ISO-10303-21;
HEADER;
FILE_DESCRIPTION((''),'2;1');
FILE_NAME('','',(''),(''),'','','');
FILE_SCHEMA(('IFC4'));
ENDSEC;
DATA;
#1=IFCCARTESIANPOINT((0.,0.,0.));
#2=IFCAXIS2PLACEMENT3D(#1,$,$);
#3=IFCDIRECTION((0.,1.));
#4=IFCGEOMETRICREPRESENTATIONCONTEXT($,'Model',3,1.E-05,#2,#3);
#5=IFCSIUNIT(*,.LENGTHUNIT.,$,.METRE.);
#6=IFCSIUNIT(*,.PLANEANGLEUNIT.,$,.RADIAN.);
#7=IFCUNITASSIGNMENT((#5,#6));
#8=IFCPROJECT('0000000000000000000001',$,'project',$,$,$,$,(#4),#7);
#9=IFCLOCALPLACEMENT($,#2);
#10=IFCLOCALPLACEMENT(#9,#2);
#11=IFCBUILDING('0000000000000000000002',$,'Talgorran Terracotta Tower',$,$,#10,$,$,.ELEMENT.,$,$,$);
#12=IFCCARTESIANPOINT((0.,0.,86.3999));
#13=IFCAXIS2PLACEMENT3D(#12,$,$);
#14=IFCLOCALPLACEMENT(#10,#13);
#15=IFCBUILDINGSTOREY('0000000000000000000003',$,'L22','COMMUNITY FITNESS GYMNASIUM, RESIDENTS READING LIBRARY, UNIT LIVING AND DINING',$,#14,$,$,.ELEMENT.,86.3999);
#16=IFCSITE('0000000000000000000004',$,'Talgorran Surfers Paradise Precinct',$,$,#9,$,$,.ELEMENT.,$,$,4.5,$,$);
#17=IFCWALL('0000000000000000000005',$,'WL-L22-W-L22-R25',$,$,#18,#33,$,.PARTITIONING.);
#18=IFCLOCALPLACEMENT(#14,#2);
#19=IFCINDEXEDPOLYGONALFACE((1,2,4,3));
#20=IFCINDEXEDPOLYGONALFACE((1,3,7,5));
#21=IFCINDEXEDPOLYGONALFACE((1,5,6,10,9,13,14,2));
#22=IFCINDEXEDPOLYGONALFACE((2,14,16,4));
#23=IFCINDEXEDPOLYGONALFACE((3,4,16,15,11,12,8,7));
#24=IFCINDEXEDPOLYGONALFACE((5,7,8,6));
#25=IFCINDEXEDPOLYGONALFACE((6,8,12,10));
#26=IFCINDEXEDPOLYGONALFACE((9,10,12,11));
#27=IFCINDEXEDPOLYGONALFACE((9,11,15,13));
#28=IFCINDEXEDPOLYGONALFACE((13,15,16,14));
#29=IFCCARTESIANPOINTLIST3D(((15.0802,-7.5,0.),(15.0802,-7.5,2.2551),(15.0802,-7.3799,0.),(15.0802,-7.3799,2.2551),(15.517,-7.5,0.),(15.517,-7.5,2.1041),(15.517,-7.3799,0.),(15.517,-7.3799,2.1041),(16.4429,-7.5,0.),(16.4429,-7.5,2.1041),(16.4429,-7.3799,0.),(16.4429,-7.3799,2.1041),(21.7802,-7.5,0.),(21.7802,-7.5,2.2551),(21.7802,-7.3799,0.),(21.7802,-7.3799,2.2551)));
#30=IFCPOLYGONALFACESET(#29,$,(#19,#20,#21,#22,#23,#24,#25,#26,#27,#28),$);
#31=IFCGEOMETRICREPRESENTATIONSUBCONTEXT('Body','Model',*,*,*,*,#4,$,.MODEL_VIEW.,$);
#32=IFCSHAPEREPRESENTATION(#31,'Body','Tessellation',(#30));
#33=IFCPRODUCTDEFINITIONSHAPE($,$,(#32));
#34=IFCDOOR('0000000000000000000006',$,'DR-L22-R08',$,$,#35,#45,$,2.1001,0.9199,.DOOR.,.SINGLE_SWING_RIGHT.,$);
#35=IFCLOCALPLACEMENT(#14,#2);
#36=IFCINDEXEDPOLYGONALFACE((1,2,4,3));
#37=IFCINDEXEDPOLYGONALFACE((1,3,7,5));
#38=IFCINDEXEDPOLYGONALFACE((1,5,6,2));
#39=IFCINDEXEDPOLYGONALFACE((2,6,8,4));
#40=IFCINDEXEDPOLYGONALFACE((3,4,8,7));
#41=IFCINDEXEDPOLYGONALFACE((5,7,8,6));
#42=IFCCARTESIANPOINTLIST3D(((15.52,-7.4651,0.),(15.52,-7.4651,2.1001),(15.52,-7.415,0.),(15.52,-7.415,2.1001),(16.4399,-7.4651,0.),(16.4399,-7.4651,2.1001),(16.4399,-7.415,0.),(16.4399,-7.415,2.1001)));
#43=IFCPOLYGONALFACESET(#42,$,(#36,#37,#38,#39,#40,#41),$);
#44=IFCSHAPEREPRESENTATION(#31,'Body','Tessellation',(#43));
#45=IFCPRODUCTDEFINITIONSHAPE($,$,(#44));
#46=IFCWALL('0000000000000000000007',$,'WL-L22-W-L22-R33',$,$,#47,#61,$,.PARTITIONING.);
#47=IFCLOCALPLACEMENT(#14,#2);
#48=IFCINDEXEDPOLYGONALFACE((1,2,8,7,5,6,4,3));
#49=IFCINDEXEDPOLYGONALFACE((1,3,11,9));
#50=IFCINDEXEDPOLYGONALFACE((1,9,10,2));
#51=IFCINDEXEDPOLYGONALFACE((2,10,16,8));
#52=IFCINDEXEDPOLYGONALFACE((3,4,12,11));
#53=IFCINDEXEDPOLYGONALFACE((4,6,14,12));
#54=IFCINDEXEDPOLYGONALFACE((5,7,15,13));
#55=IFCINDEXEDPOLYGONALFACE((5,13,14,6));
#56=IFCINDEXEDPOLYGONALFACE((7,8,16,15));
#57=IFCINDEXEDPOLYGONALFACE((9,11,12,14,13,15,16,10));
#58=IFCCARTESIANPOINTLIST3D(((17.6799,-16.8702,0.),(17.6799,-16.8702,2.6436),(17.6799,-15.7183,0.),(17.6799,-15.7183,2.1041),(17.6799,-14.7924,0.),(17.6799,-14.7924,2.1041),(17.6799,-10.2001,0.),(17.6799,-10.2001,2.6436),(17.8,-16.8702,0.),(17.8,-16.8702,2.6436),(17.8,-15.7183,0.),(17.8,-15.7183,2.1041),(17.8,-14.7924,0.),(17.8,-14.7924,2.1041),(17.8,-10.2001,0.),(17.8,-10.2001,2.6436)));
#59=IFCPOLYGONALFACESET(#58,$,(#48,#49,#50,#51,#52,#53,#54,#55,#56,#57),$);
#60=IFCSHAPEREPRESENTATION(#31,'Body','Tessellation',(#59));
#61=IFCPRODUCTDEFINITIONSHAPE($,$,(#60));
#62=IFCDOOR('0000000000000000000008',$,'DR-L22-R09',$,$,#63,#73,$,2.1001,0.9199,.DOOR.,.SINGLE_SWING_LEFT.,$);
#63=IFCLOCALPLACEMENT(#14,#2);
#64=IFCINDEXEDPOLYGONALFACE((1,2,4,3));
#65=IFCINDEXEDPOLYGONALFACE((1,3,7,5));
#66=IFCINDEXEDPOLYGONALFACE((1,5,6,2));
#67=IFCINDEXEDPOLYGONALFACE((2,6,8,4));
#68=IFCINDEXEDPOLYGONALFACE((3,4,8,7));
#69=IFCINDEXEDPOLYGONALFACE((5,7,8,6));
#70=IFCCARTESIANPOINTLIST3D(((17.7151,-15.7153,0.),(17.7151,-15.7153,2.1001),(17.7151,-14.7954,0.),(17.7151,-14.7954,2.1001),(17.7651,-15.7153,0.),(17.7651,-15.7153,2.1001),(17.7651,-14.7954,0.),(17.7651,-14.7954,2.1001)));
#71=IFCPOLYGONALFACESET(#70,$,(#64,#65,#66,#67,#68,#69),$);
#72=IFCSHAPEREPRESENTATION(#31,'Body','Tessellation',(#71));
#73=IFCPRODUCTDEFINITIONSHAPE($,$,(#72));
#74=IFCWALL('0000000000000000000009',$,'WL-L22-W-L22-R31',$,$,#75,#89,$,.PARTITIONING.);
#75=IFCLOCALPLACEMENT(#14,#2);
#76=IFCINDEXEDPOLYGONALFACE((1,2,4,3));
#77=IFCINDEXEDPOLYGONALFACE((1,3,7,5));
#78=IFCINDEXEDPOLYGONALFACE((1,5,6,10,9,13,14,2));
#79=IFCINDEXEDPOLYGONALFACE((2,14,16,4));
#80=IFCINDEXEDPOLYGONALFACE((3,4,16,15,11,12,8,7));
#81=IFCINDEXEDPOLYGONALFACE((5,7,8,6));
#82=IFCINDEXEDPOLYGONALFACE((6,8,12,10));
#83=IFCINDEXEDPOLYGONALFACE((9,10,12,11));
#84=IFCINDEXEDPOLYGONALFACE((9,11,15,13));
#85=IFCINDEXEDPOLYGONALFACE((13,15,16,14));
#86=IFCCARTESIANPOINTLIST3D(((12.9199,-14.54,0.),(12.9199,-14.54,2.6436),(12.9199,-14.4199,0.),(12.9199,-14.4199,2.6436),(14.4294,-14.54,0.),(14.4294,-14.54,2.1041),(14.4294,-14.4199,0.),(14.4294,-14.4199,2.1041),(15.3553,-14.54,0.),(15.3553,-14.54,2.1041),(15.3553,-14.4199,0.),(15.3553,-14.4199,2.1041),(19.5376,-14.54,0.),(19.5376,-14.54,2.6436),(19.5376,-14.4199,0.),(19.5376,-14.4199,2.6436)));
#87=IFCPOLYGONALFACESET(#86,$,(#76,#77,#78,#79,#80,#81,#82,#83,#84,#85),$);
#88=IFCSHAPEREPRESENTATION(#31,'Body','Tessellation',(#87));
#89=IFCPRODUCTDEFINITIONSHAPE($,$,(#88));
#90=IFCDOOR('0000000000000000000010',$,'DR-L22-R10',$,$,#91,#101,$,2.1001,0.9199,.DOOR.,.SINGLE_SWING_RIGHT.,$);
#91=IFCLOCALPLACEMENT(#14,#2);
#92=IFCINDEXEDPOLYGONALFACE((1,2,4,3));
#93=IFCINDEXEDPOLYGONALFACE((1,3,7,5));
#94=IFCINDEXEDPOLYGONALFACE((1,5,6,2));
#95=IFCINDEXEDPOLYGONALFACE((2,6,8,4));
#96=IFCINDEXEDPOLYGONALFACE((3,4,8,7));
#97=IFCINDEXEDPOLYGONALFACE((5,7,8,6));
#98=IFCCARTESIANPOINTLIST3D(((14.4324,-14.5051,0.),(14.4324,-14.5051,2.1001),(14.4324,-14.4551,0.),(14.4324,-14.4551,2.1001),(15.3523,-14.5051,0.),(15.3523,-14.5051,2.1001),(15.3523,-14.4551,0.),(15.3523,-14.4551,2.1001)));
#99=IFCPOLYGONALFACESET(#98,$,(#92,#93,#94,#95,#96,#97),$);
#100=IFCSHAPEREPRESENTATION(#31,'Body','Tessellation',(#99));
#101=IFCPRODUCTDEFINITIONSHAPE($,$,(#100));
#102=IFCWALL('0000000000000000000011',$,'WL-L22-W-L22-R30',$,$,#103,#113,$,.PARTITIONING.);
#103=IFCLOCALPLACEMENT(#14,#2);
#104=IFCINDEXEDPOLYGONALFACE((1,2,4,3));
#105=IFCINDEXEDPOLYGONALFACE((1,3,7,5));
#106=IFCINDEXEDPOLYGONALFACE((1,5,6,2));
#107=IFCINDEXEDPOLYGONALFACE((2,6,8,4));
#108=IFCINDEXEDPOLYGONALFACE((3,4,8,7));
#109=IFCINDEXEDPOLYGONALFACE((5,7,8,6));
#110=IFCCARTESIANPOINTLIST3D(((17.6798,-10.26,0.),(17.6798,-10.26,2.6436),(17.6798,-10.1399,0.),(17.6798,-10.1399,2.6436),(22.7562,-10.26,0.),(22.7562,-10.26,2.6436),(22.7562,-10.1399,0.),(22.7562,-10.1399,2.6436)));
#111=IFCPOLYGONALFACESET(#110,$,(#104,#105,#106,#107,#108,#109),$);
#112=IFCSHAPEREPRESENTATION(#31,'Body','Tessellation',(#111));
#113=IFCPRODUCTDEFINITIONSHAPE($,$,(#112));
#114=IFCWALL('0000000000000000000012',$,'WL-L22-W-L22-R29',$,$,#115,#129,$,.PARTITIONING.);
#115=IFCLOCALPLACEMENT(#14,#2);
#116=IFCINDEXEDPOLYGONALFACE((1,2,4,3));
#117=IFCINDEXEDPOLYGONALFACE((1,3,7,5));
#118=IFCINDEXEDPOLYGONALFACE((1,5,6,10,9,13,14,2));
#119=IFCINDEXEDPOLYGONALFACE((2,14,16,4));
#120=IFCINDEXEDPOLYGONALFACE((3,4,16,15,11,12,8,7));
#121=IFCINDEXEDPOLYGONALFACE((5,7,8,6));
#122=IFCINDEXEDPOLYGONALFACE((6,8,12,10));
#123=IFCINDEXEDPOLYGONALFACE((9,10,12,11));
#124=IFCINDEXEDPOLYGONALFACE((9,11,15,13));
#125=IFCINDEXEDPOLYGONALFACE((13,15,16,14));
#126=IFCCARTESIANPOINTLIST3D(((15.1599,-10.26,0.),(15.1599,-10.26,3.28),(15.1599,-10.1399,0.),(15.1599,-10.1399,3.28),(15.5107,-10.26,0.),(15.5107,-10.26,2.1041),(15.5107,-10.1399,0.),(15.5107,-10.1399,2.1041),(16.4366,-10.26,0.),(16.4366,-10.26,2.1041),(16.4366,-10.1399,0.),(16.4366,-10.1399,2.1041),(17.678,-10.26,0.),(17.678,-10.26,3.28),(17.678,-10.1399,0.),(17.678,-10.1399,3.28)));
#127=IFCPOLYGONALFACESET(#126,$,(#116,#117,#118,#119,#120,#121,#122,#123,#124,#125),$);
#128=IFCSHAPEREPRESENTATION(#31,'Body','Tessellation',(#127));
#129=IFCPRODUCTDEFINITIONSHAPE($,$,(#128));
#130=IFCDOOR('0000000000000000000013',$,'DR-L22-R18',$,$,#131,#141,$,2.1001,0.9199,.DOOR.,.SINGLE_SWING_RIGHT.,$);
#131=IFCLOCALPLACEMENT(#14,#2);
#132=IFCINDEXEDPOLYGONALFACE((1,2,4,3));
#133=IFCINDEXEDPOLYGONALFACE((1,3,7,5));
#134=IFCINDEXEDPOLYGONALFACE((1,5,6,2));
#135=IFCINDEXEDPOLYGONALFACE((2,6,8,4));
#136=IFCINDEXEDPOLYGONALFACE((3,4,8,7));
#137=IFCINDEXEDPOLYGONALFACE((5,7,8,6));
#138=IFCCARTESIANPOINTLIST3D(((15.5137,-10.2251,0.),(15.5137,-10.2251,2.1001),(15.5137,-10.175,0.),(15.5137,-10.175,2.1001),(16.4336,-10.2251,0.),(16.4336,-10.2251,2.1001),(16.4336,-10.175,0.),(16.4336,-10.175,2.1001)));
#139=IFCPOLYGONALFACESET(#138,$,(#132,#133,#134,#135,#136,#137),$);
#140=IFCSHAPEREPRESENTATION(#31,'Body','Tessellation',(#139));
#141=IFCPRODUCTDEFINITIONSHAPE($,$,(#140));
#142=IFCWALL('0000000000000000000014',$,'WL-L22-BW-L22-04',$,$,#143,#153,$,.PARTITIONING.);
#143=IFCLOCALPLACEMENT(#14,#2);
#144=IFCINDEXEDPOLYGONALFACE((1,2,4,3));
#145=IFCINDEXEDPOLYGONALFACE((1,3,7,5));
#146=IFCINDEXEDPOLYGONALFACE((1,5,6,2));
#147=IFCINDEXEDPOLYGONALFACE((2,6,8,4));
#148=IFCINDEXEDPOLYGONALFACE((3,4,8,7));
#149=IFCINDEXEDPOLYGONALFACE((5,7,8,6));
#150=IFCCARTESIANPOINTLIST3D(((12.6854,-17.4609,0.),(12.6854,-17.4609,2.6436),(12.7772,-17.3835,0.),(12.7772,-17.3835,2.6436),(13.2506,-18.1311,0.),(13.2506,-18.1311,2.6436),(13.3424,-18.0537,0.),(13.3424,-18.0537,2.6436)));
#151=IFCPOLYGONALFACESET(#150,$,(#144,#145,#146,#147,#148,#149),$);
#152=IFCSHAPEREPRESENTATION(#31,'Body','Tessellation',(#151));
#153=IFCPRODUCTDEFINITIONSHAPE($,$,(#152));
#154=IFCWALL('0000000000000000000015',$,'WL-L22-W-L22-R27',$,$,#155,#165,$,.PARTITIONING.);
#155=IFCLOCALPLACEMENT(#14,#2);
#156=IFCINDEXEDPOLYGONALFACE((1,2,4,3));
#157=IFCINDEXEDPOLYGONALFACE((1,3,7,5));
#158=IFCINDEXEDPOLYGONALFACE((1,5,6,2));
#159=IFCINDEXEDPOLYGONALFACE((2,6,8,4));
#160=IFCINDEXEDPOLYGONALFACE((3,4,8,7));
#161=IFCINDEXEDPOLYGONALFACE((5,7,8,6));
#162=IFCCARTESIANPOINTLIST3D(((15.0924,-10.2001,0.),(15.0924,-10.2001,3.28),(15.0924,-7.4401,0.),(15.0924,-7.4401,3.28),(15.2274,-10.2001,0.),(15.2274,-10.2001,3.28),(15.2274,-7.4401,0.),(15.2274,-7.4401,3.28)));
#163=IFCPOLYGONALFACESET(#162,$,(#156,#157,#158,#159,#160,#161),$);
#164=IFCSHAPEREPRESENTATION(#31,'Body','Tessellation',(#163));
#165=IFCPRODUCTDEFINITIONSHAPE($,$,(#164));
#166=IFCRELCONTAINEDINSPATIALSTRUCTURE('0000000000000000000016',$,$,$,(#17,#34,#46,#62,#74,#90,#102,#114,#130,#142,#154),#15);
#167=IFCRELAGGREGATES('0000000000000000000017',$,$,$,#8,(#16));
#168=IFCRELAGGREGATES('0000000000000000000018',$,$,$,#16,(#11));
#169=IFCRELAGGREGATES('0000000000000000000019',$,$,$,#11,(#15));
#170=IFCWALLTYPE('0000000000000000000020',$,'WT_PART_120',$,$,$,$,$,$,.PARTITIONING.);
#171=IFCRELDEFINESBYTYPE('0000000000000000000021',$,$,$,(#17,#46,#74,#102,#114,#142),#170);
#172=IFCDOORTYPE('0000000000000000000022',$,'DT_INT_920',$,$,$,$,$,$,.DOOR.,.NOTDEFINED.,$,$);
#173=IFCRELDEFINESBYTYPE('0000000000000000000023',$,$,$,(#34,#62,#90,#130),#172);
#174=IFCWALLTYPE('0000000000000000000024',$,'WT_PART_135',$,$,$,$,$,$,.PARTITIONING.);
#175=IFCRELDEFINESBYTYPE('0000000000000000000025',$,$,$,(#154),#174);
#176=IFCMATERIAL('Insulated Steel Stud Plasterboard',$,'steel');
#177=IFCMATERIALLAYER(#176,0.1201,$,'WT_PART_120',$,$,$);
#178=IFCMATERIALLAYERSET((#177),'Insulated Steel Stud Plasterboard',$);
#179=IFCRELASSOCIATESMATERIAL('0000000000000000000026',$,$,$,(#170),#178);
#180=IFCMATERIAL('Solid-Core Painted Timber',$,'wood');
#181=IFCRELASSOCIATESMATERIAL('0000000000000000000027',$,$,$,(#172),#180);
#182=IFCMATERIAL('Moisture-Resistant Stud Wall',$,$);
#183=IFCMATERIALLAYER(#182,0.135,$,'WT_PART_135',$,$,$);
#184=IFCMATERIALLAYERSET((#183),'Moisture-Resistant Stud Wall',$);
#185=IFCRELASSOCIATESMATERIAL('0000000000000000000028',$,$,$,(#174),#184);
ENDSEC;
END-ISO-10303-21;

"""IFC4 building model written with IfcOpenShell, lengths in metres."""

from ifc_helpers import new_model, si_unit, direction, frame, frame_2d, origin, place, context, subcontext, project, spatial, rectangle, extrude, material, layer, layer_set, type_object, element, fill, save


model = new_model("IFC4")

# Units and contexts
model_context = context("Model", 3, precision=1e-05, world=origin(), true_north=direction((0.0, 1.0)))
body_context = subcontext(model_context, "Body", "Model", "MODEL_VIEW")
ifc_project = project(units=[si_unit("LENGTHUNIT", "METRE"), si_unit("PLANEANGLEUNIT", "RADIAN")], contexts=[model_context])

# Site, building, storey
site_placement = place(None, origin())
site = spatial("IfcSite", under=ifc_project, at=site_placement, Name="Talgorran Surfers Paradise Precinct", CompositionType="ELEMENT", RefElevation=4.5)
building_placement = place(site_placement, origin())
building = spatial("IfcBuilding", under=site, at=building_placement, Name="Talgorran Terracotta Tower", CompositionType="ELEMENT")
storey_placement = place(building_placement, frame((0.0, 0.0, 86.3999)))
storey = spatial("IfcBuildingStorey", under=building, at=storey_placement, Name="L22", Description="COMMUNITY FITNESS GYMNASIUM, RESIDENTS READING LIBRARY, UNIT LIVING AND DINING", CompositionType="ELEMENT", Elevation=86.3999)

# Walls, openings, doors
ifc_material_1 = material(Name="Insulated Steel Stud Plasterboard", Category="steel")
ifc_layer_1 = layer(ifc_material_1, 0.1201, Name="WT_PART_120")
ifc_layer_set_1 = layer_set([ifc_layer_1], Name="Insulated Steel Stud Plasterboard")
wall_type_1 = type_object("IfcWallType", Name="WT_PART_120", PredefinedType="PARTITIONING", material=ifc_layer_set_1)
wall_1_placement = place(storey_placement, frame((15.0801, -7.4399, 0.0), z_axis=(0.0, 0.0, 1.0), x_axis=(1.0, 0.0, 0.0)))
wall_1 = element("IfcWall", 1, at=wall_1_placement, inside=storey, type_object=wall_type_1, Name="WL-L22-W-L22-R25", PredefinedType="PARTITIONING", context=body_context, shape_type="SweptSolid", body=[
    extrude(rectangle(XDim=6.7, YDim=0.1201, at=frame_2d((3.3501, 0.0))), origin(), (0.0, 0.0, 1.0), 2.2551),
])
opening_1_placement = place(wall_1_placement, frame((0.4399, 0.0, 0.0)))
opening_1 = element("IfcOpeningElement", 2, at=opening_1_placement, cuts=wall_1, PredefinedType="OPENING", context=body_context, shape_type="SweptSolid", body=[
    extrude(rectangle(XDim=0.9259, YDim=2.1041, at=frame_2d((0.46, 1.052))), frame((0.0, 0.0701, 0.0), z_axis=(0.0, -1.0, 0.0), x_axis=(1.0, 0.0, 0.0)), (0.0, 0.0, 1.0), 0.1401),
])
ifc_material_2 = material(Name="Solid-Core Painted Timber", Category="wood")
door_type = type_object("IfcDoorType", Name="DT_INT_920", OperationType="NOTDEFINED", PredefinedType="DOOR", material=ifc_material_2)
door_1_placement = place(opening_1_placement, origin())
door_1 = element("IfcDoor", 3, at=door_1_placement, inside=storey, type_object=door_type, Name="DR-L22-R08", OperationType="SINGLE_SWING_RIGHT", OverallHeight=2.1001, OverallWidth=0.9199, PredefinedType="DOOR", context=body_context, shape_type="SweptSolid", body=[
    extrude(rectangle(XDim=0.9199, YDim=2.1001, at=frame_2d((0.46, 1.05))), frame((0.0, 0.0249, 0.0), z_axis=(0.0, -1.0, 0.0), x_axis=(1.0, 0.0, 0.0)), (0.0, 0.0, 1.0), 0.05),
])
fill(opening_1, door_1)
wall_2_placement = place(storey_placement, frame((17.74, -16.8701, 0.0), z_axis=(0.0, 0.0, 1.0), x_axis=(0.0, 1.0, 0.0)))
wall_2 = element("IfcWall", 4, at=wall_2_placement, inside=storey, type_object=wall_type_1, Name="WL-L22-W-L22-R33", PredefinedType="PARTITIONING", context=body_context, shape_type="SweptSolid", body=[
    extrude(rectangle(XDim=6.6702, YDim=0.1201, at=frame_2d((3.335, 0.0))), origin(), (0.0, 0.0, 1.0), 2.6436),
])
opening_2_placement = place(wall_2_placement, frame((1.1548, 0.0, 0.0)))
opening_2 = element("IfcOpeningElement", 5, at=opening_2_placement, cuts=wall_2, PredefinedType="OPENING", context=body_context, shape_type="SweptSolid", body=[
    extrude(rectangle(XDim=0.9259, YDim=2.1041, at=frame_2d((0.46, 1.052))), frame((0.0, 0.0701, 0.0), z_axis=(0.0, -1.0, 0.0), x_axis=(1.0, 0.0, 0.0)), (0.0, 0.0, 1.0), 0.1401),
])
door_2_placement = place(opening_2_placement, origin())
door_2 = element("IfcDoor", 6, at=door_2_placement, inside=storey, type_object=door_type, Name="DR-L22-R09", OperationType="SINGLE_SWING_LEFT", OverallHeight=2.1001, OverallWidth=0.9199, PredefinedType="DOOR", context=body_context, shape_type="SweptSolid", body=[
    extrude(rectangle(XDim=0.9199, YDim=2.1001, at=frame_2d((0.46, 1.05))), frame((0.0, 0.0249, 0.0), z_axis=(0.0, -1.0, 0.0), x_axis=(1.0, 0.0, 0.0)), (0.0, 0.0, 1.0), 0.05),
])
fill(opening_2, door_2)
wall_3_placement = place(storey_placement, frame((12.9199, -14.48, 0.0), z_axis=(0.0, 0.0, 1.0), x_axis=(1.0, 0.0, 0.0)))
wall_3 = element("IfcWall", 7, at=wall_3_placement, inside=storey, type_object=wall_type_1, Name="WL-L22-W-L22-R31", PredefinedType="PARTITIONING", context=body_context, shape_type="SweptSolid", body=[
    extrude(rectangle(XDim=6.6177, YDim=0.1201, at=frame_2d((3.3088, 0.0))), origin(), (0.0, 0.0, 1.0), 2.6436),
])
opening_3_placement = place(wall_3_placement, frame((1.5125, 0.0, 0.0)))
opening_3 = element("IfcOpeningElement", 8, at=opening_3_placement, cuts=wall_3, PredefinedType="OPENING", context=body_context, shape_type="SweptSolid", body=[
    extrude(rectangle(XDim=0.9259, YDim=2.1041, at=frame_2d((0.46, 1.052))), frame((0.0, 0.0701, 0.0), z_axis=(0.0, -1.0, 0.0), x_axis=(1.0, 0.0, 0.0)), (0.0, 0.0, 1.0), 0.1401),
])
door_3_placement = place(opening_3_placement, origin())
door_3 = element("IfcDoor", 9, at=door_3_placement, inside=storey, type_object=door_type, Name="DR-L22-R10", OperationType="SINGLE_SWING_RIGHT", OverallHeight=2.1001, OverallWidth=0.9199, PredefinedType="DOOR", context=body_context, shape_type="SweptSolid", body=[
    extrude(rectangle(XDim=0.9199, YDim=2.1001, at=frame_2d((0.46, 1.05))), frame((0.0, 0.0249, 0.0), z_axis=(0.0, -1.0, 0.0), x_axis=(1.0, 0.0, 0.0)), (0.0, 0.0, 1.0), 0.05),
])
fill(opening_3, door_3)

# Wall
wall_4_placement = place(storey_placement, frame((17.6799, -10.2, 0.0), z_axis=(0.0, 0.0, 1.0), x_axis=(1.0, 0.0, 0.0)))
element("IfcWall", 10, at=wall_4_placement, inside=storey, type_object=wall_type_1, Name="WL-L22-W-L22-R30", PredefinedType="PARTITIONING", context=body_context, shape_type="SweptSolid", body=[
    extrude(rectangle(XDim=5.0764, YDim=0.1201, at=frame_2d((2.5381, 0.0))), origin(), (0.0, 0.0, 1.0), 2.6436),
])

# Wall, opening, door
wall_5_placement = place(storey_placement, frame((15.1599, -10.2, 0.0), z_axis=(0.0, 0.0, 1.0), x_axis=(1.0, 0.0, 0.0)))
wall_5 = element("IfcWall", 11, at=wall_5_placement, inside=storey, type_object=wall_type_1, Name="WL-L22-W-L22-R29", PredefinedType="PARTITIONING", context=body_context, shape_type="SweptSolid", body=[
    extrude(rectangle(XDim=2.5181, YDim=0.1201, at=frame_2d((1.259, 0.0))), origin(), (0.0, 0.0, 1.0), 3.28),
])
opening_4_placement = place(wall_5_placement, frame((0.3538, 0.0, 0.0)))
opening_4 = element("IfcOpeningElement", 12, at=opening_4_placement, cuts=wall_5, PredefinedType="OPENING", context=body_context, shape_type="SweptSolid", body=[
    extrude(rectangle(XDim=0.9259, YDim=2.1041, at=frame_2d((0.46, 1.052))), frame((0.0, 0.0701, 0.0), z_axis=(0.0, -1.0, 0.0), x_axis=(1.0, 0.0, 0.0)), (0.0, 0.0, 1.0), 0.1401),
])
door_4_placement = place(opening_4_placement, origin())
door_4 = element("IfcDoor", 13, at=door_4_placement, inside=storey, type_object=door_type, Name="DR-L22-R18", OperationType="SINGLE_SWING_RIGHT", OverallHeight=2.1001, OverallWidth=0.9199, PredefinedType="DOOR", context=body_context, shape_type="SweptSolid", body=[
    extrude(rectangle(XDim=0.9199, YDim=2.1001, at=frame_2d((0.46, 1.05))), frame((0.0, 0.0249, 0.0), z_axis=(0.0, -1.0, 0.0), x_axis=(1.0, 0.0, 0.0)), (0.0, 0.0, 1.0), 0.05),
])
fill(opening_4, door_4)

# Walls
wall_6_placement = place(storey_placement, frame((12.7312, -17.4221, 0.0), z_axis=(0.0, 0.0, 1.0), x_axis=(0.644693, -0.764442, 0.0)))
element("IfcWall", 14, at=wall_6_placement, inside=storey, type_object=wall_type_1, Name="WL-L22-BW-L22-04", PredefinedType="PARTITIONING", context=body_context, shape_type="SweptSolid", body=[
    extrude(rectangle(XDim=0.8767, YDim=0.1201, at=frame_2d((0.4385, 0.0))), origin(), (0.0, 0.0, 1.0), 2.6436),
])
ifc_material_3 = material(Name="Moisture-Resistant Stud Wall")
ifc_layer_2 = layer(ifc_material_3, 0.135, Name="WT_PART_135")
ifc_layer_set_2 = layer_set([ifc_layer_2], Name="Moisture-Resistant Stud Wall")
wall_type_2 = type_object("IfcWallType", Name="WT_PART_135", PredefinedType="PARTITIONING", material=ifc_layer_set_2)
wall_7_placement = place(storey_placement, frame((15.1599, -10.2, 0.0), z_axis=(0.0, 0.0, 1.0), x_axis=(0.0, 1.0, 0.0)))
element("IfcWall", 15, at=wall_7_placement, inside=storey, type_object=wall_type_2, Name="WL-L22-W-L22-R27", PredefinedType="PARTITIONING", context=body_context, shape_type="SweptSolid", body=[
    extrude(rectangle(XDim=2.76, YDim=0.135, at=frame_2d((1.3799, 0.0))), origin(), (0.0, 0.0, 1.0), 3.28),
])

save(model, "model.ifc")
